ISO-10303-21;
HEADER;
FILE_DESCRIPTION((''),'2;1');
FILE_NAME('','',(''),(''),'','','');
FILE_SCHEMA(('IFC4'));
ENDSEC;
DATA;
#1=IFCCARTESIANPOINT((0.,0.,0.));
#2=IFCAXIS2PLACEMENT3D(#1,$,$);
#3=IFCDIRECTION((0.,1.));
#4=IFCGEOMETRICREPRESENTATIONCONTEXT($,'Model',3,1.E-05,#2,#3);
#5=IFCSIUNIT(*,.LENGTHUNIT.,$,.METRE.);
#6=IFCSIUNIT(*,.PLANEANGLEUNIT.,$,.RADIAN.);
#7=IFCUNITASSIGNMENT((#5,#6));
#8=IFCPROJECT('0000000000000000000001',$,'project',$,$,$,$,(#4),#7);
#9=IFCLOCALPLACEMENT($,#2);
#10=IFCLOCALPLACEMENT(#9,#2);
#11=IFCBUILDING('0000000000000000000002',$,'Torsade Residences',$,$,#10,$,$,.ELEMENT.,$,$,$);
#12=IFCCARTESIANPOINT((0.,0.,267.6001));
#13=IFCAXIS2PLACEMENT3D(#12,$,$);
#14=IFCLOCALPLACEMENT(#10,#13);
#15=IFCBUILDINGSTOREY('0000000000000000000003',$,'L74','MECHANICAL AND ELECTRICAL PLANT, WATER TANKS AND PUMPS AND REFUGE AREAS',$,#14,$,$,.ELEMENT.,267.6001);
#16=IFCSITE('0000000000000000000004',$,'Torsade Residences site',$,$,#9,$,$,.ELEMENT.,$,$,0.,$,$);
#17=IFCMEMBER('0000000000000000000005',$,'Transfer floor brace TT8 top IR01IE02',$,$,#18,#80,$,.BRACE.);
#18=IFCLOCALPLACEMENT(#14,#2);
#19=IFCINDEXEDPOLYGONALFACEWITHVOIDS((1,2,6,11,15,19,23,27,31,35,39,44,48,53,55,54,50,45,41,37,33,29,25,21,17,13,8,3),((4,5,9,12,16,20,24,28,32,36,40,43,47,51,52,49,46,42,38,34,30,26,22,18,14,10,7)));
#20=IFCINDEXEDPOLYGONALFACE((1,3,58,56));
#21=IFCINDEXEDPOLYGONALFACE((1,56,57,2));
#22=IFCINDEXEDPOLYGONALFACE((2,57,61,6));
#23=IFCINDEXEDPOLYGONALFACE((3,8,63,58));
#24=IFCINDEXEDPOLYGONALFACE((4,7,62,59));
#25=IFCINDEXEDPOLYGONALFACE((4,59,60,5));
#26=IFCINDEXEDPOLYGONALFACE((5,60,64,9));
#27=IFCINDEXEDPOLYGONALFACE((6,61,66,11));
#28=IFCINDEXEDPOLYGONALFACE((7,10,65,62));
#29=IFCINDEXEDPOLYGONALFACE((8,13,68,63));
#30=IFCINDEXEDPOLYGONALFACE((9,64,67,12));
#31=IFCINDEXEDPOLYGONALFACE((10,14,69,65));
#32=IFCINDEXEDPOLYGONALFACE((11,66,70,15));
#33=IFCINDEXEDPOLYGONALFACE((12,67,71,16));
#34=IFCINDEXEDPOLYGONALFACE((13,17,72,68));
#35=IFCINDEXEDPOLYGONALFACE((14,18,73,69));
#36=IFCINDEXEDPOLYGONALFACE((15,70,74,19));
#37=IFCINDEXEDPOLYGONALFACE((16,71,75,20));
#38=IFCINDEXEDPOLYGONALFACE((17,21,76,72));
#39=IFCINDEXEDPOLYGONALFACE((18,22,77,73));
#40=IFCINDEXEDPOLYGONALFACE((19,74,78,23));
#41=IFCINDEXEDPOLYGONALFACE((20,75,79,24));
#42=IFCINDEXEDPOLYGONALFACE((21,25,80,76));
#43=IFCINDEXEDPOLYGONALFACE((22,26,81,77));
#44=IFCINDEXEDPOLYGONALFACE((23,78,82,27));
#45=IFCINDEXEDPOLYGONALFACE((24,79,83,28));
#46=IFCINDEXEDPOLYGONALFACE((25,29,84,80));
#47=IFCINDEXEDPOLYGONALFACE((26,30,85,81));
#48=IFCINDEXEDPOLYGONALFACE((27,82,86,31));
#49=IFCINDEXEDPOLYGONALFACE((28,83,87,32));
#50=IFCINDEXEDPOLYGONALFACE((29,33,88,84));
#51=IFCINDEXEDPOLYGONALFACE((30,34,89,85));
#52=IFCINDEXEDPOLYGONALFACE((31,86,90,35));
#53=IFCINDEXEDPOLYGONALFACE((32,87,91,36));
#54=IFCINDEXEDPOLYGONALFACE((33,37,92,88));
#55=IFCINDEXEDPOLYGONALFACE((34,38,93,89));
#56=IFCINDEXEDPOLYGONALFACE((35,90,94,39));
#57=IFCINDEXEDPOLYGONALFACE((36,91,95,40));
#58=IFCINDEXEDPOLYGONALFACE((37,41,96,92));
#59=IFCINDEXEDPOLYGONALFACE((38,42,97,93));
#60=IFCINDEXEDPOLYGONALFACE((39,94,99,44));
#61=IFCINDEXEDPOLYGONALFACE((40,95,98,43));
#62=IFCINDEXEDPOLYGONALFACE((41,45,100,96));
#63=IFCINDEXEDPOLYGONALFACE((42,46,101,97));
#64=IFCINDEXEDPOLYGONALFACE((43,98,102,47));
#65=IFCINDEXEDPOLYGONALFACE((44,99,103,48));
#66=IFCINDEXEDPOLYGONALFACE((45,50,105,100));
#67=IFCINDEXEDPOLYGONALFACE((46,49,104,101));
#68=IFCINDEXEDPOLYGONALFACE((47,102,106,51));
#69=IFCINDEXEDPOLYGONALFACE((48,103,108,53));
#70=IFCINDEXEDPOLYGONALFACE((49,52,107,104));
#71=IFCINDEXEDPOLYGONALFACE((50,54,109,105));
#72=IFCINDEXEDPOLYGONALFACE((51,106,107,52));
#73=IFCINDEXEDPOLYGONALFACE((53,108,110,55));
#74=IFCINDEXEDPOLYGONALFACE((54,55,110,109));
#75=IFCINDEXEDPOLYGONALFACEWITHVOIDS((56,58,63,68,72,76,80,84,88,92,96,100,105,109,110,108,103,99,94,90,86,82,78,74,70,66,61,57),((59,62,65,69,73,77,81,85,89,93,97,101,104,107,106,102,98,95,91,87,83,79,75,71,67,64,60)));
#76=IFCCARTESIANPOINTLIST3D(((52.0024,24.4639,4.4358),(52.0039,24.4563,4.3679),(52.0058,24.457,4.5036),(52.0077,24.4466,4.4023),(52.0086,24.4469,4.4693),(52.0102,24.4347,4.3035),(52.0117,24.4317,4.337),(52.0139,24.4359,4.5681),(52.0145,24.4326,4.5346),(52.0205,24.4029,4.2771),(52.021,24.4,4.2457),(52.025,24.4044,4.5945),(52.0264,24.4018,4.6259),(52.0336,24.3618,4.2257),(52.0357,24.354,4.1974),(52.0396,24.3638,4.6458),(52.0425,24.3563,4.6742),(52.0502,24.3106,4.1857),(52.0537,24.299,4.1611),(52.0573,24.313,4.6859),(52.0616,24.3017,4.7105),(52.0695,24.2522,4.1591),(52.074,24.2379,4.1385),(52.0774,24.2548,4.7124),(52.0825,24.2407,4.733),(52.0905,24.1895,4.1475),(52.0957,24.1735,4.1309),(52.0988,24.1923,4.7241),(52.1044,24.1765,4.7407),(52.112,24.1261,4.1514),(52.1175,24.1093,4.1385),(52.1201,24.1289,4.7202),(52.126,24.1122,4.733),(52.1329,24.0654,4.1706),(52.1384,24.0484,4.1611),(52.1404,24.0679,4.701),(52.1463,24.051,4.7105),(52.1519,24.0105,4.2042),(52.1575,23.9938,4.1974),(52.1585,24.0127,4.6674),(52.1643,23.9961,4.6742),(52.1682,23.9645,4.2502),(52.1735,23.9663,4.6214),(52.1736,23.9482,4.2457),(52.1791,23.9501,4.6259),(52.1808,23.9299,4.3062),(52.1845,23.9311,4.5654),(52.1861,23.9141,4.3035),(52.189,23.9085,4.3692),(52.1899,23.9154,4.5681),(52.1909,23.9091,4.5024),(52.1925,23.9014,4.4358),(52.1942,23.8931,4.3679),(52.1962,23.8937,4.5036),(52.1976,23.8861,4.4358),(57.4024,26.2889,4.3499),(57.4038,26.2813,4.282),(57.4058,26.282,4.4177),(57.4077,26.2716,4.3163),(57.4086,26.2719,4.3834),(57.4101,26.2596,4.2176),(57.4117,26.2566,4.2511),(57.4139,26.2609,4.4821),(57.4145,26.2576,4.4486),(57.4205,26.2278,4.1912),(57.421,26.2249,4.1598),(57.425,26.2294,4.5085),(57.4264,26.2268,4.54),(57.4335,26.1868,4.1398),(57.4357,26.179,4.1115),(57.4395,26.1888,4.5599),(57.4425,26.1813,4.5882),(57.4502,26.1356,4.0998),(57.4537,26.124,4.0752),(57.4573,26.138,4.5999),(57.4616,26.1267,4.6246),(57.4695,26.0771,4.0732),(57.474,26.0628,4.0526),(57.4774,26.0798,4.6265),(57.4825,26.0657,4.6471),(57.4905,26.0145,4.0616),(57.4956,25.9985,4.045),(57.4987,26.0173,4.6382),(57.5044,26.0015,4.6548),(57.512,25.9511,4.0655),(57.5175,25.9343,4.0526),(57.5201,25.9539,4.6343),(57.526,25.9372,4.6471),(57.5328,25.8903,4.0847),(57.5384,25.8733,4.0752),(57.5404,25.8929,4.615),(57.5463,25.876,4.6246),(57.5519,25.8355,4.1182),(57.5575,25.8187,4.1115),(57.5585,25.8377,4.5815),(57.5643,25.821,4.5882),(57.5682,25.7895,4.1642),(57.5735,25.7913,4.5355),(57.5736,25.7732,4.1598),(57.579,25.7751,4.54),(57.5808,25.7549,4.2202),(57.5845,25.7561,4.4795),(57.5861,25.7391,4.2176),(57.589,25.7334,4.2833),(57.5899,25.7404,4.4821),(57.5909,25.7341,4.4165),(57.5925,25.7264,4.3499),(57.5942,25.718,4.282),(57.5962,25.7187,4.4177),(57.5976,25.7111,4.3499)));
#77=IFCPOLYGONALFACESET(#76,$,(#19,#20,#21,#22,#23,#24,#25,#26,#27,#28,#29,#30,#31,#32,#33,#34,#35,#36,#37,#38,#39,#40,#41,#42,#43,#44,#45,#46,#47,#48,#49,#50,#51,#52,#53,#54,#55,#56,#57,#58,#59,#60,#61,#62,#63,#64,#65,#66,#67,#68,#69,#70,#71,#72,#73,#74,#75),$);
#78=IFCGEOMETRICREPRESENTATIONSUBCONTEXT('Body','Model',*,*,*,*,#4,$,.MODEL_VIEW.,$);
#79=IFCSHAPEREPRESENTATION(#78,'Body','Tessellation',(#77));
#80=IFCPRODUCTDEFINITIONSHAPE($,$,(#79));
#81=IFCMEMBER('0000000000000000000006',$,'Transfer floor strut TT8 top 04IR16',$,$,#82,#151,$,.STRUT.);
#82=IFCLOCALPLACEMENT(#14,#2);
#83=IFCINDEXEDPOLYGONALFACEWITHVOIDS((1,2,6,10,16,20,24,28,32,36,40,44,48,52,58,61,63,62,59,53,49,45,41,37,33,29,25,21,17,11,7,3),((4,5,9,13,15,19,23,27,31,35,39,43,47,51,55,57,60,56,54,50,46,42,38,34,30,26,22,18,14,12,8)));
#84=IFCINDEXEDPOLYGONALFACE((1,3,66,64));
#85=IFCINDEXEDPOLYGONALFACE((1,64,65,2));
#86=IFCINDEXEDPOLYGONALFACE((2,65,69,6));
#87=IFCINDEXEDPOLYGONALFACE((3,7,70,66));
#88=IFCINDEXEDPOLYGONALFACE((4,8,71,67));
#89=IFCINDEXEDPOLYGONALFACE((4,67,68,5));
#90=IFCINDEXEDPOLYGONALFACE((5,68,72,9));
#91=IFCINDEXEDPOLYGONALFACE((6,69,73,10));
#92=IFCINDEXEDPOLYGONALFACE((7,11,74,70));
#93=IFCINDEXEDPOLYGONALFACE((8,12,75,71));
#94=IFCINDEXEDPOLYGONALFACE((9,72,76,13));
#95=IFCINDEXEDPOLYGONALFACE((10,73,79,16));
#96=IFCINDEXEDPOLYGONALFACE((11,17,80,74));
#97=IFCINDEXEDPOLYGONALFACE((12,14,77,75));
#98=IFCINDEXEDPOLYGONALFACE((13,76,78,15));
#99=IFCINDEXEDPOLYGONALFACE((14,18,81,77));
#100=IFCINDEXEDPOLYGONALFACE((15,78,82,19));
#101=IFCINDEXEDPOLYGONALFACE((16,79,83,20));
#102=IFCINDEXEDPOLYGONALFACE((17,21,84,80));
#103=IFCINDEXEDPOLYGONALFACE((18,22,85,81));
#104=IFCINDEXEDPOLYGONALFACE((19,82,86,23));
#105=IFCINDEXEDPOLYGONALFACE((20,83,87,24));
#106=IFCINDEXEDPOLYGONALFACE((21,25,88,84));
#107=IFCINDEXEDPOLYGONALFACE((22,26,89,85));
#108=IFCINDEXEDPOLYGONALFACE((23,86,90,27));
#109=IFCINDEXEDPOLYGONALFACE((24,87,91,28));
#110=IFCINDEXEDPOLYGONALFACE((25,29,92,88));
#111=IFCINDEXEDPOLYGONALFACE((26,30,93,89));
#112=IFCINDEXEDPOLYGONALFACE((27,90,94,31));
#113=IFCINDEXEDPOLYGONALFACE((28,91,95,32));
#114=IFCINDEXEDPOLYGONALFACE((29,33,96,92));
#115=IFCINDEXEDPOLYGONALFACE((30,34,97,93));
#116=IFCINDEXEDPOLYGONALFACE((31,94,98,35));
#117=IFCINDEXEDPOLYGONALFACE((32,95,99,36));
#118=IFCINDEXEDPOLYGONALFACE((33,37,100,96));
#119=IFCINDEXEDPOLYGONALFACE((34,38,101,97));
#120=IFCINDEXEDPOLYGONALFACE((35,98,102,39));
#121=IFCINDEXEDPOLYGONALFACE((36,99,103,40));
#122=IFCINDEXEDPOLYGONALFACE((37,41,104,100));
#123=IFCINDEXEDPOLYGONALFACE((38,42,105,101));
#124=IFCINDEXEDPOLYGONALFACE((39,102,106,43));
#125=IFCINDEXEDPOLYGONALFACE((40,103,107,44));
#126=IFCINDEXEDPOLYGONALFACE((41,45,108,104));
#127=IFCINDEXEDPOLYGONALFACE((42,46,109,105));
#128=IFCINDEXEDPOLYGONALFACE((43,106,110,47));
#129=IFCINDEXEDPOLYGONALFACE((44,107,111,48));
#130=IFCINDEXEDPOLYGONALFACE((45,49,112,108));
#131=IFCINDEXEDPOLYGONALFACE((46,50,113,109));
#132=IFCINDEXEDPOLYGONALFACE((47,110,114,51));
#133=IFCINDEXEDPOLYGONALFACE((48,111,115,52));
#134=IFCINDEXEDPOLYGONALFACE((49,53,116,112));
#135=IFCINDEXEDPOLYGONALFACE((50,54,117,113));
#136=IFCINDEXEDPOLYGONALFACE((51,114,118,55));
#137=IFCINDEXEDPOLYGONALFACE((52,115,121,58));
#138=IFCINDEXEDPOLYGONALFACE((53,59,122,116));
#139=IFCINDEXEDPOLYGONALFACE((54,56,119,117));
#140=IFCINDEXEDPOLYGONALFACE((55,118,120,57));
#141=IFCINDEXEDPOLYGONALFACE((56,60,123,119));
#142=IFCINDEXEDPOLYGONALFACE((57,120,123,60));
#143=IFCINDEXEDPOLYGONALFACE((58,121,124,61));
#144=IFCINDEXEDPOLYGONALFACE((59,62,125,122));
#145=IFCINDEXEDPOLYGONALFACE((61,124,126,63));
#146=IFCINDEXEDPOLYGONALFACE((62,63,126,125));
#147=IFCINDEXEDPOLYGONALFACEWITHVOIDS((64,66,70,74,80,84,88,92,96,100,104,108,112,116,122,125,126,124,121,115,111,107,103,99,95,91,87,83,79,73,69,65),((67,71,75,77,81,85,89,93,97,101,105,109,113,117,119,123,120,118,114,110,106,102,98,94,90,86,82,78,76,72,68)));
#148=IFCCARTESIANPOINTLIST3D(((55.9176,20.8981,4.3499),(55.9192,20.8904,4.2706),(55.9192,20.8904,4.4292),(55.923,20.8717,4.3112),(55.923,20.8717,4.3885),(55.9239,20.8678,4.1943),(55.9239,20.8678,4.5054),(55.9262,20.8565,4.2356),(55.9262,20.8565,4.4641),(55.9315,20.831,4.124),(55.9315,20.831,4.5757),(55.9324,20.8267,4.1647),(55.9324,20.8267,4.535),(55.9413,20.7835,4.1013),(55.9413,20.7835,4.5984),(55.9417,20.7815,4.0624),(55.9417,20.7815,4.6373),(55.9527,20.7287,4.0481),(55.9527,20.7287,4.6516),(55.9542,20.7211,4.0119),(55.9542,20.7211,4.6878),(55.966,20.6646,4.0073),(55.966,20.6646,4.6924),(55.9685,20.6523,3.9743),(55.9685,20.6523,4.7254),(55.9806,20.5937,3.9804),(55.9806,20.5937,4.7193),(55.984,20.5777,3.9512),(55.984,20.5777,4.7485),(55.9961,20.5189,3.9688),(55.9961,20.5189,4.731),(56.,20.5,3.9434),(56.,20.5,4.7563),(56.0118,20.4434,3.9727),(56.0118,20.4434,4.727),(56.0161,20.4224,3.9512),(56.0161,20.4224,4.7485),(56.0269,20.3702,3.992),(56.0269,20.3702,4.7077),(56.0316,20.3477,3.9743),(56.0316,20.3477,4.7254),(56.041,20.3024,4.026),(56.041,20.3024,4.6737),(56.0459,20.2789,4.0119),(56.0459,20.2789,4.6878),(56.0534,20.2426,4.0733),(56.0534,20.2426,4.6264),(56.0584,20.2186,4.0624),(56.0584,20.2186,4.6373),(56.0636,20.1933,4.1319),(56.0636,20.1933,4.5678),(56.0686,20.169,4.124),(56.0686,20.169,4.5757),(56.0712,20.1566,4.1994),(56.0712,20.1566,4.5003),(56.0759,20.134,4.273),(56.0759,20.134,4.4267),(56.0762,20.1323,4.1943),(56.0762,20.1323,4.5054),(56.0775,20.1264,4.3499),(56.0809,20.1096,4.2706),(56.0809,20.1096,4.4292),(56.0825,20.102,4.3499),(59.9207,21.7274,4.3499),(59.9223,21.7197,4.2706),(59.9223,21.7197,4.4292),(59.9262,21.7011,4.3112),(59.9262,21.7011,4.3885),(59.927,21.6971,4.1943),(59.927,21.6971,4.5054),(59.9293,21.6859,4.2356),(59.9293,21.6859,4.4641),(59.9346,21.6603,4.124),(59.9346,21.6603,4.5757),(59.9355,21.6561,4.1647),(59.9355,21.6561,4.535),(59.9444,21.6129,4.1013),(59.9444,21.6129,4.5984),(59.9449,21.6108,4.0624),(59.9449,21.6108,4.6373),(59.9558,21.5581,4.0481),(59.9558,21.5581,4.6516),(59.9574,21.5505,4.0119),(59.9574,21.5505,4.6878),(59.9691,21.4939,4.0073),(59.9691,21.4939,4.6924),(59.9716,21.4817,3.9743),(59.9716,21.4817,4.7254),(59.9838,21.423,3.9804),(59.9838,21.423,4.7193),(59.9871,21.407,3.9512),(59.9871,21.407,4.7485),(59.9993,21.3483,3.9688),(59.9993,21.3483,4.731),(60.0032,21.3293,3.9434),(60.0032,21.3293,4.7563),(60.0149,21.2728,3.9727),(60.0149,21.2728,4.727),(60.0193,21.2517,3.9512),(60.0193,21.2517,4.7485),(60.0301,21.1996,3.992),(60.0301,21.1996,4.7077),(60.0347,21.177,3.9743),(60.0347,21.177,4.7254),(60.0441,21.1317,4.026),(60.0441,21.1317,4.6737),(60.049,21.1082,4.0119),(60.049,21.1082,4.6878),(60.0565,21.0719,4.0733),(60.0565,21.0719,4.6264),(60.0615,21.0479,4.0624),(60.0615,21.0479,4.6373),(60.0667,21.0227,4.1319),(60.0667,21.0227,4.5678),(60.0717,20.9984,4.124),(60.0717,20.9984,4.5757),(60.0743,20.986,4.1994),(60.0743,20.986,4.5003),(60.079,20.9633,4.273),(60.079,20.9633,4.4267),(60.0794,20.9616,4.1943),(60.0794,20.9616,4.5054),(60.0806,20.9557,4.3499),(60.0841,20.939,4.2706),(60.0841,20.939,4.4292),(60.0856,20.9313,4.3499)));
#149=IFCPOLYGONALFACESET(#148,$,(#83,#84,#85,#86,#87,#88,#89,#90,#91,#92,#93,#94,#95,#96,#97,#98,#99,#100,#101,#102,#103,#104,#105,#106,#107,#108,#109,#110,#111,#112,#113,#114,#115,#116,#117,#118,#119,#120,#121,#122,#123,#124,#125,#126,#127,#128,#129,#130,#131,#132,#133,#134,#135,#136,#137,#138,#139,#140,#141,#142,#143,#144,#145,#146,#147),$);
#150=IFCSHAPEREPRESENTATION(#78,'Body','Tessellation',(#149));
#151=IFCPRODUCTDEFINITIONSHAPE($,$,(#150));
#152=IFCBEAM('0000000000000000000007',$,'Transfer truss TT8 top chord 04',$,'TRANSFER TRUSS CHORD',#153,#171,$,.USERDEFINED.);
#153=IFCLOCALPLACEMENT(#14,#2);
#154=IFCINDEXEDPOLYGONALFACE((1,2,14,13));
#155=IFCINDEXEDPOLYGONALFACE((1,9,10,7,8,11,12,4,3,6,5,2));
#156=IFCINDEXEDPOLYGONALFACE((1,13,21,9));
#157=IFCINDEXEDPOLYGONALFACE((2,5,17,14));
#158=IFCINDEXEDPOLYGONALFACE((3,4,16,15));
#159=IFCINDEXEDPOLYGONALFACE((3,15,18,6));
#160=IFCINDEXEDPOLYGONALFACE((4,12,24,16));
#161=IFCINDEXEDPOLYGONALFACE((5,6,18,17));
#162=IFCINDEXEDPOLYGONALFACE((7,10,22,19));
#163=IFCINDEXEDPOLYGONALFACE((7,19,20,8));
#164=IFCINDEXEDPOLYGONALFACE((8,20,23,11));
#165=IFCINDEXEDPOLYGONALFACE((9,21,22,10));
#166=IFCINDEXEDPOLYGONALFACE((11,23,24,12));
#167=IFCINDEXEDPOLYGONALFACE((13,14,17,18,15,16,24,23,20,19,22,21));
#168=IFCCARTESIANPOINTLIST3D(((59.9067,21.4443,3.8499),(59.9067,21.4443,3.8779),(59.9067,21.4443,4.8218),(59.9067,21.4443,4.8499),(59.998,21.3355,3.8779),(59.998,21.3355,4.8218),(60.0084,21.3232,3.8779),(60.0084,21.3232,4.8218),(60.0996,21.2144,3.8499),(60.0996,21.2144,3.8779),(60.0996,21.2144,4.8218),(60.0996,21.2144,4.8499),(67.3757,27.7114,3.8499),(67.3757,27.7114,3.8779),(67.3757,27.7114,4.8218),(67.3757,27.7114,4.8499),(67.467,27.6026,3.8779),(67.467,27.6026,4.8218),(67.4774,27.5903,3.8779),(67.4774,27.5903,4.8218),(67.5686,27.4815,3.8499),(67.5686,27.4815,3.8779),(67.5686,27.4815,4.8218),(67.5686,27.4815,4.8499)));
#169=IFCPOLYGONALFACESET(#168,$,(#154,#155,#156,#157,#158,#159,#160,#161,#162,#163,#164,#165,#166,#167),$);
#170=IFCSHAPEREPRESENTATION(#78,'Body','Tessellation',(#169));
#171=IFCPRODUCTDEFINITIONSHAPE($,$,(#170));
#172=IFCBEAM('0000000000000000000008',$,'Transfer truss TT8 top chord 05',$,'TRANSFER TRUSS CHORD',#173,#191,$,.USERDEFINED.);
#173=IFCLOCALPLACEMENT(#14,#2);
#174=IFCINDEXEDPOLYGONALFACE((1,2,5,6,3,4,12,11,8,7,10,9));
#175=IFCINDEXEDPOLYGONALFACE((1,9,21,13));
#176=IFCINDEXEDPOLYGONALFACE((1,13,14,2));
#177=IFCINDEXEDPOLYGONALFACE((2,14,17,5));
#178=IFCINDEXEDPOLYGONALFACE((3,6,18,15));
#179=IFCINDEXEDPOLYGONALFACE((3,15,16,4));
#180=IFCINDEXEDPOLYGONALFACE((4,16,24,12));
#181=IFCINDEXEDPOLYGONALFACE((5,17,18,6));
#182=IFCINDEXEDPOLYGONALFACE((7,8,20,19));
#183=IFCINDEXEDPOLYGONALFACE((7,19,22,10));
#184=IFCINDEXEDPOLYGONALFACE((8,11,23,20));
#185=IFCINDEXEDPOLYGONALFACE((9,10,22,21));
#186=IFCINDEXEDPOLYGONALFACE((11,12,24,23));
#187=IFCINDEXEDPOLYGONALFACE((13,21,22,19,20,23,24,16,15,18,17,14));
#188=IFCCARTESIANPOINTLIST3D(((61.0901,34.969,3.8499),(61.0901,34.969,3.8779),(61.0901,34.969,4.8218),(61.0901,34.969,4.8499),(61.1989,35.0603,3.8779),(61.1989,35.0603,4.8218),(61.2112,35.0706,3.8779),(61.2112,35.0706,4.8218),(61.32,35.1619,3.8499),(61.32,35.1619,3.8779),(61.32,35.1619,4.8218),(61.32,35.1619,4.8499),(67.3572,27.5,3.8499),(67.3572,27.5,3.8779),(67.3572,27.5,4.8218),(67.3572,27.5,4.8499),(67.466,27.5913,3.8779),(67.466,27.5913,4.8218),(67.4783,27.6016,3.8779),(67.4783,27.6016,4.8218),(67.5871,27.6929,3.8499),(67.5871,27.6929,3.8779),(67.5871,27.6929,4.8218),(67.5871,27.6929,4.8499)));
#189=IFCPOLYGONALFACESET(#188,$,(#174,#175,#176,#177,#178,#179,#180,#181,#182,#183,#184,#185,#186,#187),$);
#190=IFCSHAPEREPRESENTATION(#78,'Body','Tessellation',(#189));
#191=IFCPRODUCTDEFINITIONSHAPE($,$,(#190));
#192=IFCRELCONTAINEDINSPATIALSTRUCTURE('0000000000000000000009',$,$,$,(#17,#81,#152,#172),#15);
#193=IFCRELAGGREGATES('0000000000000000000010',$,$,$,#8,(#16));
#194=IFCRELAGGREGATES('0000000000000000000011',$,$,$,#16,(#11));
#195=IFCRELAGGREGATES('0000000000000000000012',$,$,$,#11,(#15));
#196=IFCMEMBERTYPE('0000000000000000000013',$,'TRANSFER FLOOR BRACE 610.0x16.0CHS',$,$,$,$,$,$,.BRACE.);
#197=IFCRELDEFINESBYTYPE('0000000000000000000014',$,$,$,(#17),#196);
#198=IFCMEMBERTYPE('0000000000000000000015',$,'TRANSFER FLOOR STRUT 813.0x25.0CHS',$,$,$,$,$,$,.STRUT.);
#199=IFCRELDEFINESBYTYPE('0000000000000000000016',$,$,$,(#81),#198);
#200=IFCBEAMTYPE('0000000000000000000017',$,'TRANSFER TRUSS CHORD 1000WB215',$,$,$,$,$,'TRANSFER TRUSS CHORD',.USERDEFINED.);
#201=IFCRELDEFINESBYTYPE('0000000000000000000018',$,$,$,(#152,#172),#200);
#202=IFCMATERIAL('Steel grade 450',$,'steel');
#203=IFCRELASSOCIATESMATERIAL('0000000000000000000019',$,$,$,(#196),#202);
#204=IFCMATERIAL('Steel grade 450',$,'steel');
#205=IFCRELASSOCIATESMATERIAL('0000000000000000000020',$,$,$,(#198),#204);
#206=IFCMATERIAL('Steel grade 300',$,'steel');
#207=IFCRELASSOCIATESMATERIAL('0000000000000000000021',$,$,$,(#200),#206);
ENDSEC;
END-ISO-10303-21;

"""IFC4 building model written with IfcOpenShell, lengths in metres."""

from ifc_helpers import new_model, si_unit, direction, frame, origin, origin_2d, place, context, subcontext, project, spatial, hollow_circle, i_section, extrude, material, material_profile, profile_set, type_object, element, save


model = new_model("IFC4")

# Units and contexts
model_context = context("Model", 3, precision=1e-05, world=origin(), true_north=direction((0.0, 1.0)))
body_context = subcontext(model_context, "Body", "Model", "MODEL_VIEW")
ifc_project = project(units=[si_unit("LENGTHUNIT", "METRE"), si_unit("PLANEANGLEUNIT", "RADIAN")], contexts=[model_context])

# Site, building, storey
site_placement = place(None, origin())
site = spatial("IfcSite", under=ifc_project, at=site_placement, Name="Torsade Residences site", CompositionType="ELEMENT", RefElevation=0.0)
building_placement = place(site_placement, origin())
building = spatial("IfcBuilding", under=site, at=building_placement, Name="Torsade Residences", CompositionType="ELEMENT")
storey_placement = place(building_placement, frame((0.0, 0.0, 267.6001)))
storey = spatial("IfcBuildingStorey", under=building, at=storey_placement, Name="L74", Description="MECHANICAL AND ELECTRICAL PLANT, WATER TANKS AND PUMPS AND REFUGE AREAS", CompositionType="ELEMENT", Elevation=267.6001)

# Members
ifc_material_1 = material(Name="Steel grade 450", Category="steel")
ifc_material_profile_1 = material_profile(ifc_material_1, hollow_circle(Radius=0.3049, WallThickness=0.0161, at=origin_2d()), Name="610.0x16.0CHS")
ifc_profile_set_1 = profile_set([ifc_material_profile_1], Name="Steel grade 450")
member_type_1 = type_object("IfcMemberType", Name="TRANSFER FLOOR BRACE 610.0x16.0CHS", PredefinedType="BRACE", material=ifc_profile_set_1)
member_1_placement = place(storey_placement, frame((57.5, 26.0, 4.3499), z_axis=(-0.947252, -0.320133, 0.015075), x_axis=(0.32017, -0.94736, 0.0)))
element("IfcMember", 1, at=member_1_placement, inside=storey, type_object=member_type_1, Name="Transfer floor brace TT8 top IR01IE02", PredefinedType="BRACE", context=body_context, shape_type="SweptSolid", body=[
    extrude(hollow_circle(Radius=0.3049, WallThickness=0.0161, at=origin_2d()), origin(), (0.0, 0.0, 1.0), 5.7007),
])
ifc_material_2 = material(Name="Steel grade 450", Category="steel")
ifc_material_profile_2 = material_profile(ifc_material_2, hollow_circle(Radius=0.4065, WallThickness=0.0249, at=origin_2d()), Name="813.0x25.0CHS")
ifc_profile_set_2 = profile_set([ifc_material_profile_2], Name="Steel grade 450")
member_type_2 = type_object("IfcMemberType", Name="TRANSFER FLOOR STRUT 813.0x25.0CHS", PredefinedType="STRUT", material=ifc_profile_set_2)
member_2_placement = place(storey_placement, frame((60.0032, 21.3293, 4.3499), z_axis=(-0.979207, -0.202864, 0.0), x_axis=(0.202864, -0.979207, 0.0)))
element("IfcMember", 2, at=member_2_placement, inside=storey, type_object=member_type_2, Name="Transfer floor strut TT8 top 04IR16", PredefinedType="STRUT", context=body_context, shape_type="SweptSolid", body=[
    extrude(hollow_circle(Radius=0.4065, WallThickness=0.0249, at=origin_2d()), origin(), (0.0, 0.0, 1.0), 4.0881),
])

# Beams
ifc_material_3 = material(Name="Steel grade 300", Category="steel")
ifc_material_profile_3 = material_profile(ifc_material_3, i_section(OverallWidth=0.3, OverallDepth=1.0, WebThickness=0.0161, FlangeThickness=0.0281, at=origin_2d()), Name="1000WB215")
ifc_profile_set_3 = profile_set([ifc_material_profile_3], Name="Steel grade 300")
beam_type_1 = type_object("IfcBeamType", Name="TRANSFER TRUSS CHORD 1000WB215", ElementType="TRANSFER TRUSS CHORD", PredefinedType="USERDEFINED", material=ifc_profile_set_3)
for number, where, z_axis, x_axis, name in (
    (3, (60.0032, 21.3293, 4.3499), (0.766052, 0.642779, 0.0), (-0.642779, 0.766052, 0.0), "Transfer truss TT8 top chord 04"),
    (4, (67.4722, 27.5964, 4.3499), (-0.642779, 0.766052, 0.0), (-0.766052, -0.642779, 0.0), "Transfer truss TT8 top chord 05"),
):
    element("IfcBeam", number, at=place(storey_placement, frame(where, z_axis=z_axis, x_axis=x_axis)), inside=storey, type_object=beam_type_1, Name=name, ObjectType="TRANSFER TRUSS CHORD", PredefinedType="USERDEFINED", context=body_context, shape_type="SweptSolid", body=[
        extrude(i_section(OverallWidth=0.3, OverallDepth=1.0, WebThickness=0.0161, FlangeThickness=0.0281, at=origin_2d()), origin(), (0.0, 0.0, 1.0), 9.75),
    ])

save(model, "model.ifc")
